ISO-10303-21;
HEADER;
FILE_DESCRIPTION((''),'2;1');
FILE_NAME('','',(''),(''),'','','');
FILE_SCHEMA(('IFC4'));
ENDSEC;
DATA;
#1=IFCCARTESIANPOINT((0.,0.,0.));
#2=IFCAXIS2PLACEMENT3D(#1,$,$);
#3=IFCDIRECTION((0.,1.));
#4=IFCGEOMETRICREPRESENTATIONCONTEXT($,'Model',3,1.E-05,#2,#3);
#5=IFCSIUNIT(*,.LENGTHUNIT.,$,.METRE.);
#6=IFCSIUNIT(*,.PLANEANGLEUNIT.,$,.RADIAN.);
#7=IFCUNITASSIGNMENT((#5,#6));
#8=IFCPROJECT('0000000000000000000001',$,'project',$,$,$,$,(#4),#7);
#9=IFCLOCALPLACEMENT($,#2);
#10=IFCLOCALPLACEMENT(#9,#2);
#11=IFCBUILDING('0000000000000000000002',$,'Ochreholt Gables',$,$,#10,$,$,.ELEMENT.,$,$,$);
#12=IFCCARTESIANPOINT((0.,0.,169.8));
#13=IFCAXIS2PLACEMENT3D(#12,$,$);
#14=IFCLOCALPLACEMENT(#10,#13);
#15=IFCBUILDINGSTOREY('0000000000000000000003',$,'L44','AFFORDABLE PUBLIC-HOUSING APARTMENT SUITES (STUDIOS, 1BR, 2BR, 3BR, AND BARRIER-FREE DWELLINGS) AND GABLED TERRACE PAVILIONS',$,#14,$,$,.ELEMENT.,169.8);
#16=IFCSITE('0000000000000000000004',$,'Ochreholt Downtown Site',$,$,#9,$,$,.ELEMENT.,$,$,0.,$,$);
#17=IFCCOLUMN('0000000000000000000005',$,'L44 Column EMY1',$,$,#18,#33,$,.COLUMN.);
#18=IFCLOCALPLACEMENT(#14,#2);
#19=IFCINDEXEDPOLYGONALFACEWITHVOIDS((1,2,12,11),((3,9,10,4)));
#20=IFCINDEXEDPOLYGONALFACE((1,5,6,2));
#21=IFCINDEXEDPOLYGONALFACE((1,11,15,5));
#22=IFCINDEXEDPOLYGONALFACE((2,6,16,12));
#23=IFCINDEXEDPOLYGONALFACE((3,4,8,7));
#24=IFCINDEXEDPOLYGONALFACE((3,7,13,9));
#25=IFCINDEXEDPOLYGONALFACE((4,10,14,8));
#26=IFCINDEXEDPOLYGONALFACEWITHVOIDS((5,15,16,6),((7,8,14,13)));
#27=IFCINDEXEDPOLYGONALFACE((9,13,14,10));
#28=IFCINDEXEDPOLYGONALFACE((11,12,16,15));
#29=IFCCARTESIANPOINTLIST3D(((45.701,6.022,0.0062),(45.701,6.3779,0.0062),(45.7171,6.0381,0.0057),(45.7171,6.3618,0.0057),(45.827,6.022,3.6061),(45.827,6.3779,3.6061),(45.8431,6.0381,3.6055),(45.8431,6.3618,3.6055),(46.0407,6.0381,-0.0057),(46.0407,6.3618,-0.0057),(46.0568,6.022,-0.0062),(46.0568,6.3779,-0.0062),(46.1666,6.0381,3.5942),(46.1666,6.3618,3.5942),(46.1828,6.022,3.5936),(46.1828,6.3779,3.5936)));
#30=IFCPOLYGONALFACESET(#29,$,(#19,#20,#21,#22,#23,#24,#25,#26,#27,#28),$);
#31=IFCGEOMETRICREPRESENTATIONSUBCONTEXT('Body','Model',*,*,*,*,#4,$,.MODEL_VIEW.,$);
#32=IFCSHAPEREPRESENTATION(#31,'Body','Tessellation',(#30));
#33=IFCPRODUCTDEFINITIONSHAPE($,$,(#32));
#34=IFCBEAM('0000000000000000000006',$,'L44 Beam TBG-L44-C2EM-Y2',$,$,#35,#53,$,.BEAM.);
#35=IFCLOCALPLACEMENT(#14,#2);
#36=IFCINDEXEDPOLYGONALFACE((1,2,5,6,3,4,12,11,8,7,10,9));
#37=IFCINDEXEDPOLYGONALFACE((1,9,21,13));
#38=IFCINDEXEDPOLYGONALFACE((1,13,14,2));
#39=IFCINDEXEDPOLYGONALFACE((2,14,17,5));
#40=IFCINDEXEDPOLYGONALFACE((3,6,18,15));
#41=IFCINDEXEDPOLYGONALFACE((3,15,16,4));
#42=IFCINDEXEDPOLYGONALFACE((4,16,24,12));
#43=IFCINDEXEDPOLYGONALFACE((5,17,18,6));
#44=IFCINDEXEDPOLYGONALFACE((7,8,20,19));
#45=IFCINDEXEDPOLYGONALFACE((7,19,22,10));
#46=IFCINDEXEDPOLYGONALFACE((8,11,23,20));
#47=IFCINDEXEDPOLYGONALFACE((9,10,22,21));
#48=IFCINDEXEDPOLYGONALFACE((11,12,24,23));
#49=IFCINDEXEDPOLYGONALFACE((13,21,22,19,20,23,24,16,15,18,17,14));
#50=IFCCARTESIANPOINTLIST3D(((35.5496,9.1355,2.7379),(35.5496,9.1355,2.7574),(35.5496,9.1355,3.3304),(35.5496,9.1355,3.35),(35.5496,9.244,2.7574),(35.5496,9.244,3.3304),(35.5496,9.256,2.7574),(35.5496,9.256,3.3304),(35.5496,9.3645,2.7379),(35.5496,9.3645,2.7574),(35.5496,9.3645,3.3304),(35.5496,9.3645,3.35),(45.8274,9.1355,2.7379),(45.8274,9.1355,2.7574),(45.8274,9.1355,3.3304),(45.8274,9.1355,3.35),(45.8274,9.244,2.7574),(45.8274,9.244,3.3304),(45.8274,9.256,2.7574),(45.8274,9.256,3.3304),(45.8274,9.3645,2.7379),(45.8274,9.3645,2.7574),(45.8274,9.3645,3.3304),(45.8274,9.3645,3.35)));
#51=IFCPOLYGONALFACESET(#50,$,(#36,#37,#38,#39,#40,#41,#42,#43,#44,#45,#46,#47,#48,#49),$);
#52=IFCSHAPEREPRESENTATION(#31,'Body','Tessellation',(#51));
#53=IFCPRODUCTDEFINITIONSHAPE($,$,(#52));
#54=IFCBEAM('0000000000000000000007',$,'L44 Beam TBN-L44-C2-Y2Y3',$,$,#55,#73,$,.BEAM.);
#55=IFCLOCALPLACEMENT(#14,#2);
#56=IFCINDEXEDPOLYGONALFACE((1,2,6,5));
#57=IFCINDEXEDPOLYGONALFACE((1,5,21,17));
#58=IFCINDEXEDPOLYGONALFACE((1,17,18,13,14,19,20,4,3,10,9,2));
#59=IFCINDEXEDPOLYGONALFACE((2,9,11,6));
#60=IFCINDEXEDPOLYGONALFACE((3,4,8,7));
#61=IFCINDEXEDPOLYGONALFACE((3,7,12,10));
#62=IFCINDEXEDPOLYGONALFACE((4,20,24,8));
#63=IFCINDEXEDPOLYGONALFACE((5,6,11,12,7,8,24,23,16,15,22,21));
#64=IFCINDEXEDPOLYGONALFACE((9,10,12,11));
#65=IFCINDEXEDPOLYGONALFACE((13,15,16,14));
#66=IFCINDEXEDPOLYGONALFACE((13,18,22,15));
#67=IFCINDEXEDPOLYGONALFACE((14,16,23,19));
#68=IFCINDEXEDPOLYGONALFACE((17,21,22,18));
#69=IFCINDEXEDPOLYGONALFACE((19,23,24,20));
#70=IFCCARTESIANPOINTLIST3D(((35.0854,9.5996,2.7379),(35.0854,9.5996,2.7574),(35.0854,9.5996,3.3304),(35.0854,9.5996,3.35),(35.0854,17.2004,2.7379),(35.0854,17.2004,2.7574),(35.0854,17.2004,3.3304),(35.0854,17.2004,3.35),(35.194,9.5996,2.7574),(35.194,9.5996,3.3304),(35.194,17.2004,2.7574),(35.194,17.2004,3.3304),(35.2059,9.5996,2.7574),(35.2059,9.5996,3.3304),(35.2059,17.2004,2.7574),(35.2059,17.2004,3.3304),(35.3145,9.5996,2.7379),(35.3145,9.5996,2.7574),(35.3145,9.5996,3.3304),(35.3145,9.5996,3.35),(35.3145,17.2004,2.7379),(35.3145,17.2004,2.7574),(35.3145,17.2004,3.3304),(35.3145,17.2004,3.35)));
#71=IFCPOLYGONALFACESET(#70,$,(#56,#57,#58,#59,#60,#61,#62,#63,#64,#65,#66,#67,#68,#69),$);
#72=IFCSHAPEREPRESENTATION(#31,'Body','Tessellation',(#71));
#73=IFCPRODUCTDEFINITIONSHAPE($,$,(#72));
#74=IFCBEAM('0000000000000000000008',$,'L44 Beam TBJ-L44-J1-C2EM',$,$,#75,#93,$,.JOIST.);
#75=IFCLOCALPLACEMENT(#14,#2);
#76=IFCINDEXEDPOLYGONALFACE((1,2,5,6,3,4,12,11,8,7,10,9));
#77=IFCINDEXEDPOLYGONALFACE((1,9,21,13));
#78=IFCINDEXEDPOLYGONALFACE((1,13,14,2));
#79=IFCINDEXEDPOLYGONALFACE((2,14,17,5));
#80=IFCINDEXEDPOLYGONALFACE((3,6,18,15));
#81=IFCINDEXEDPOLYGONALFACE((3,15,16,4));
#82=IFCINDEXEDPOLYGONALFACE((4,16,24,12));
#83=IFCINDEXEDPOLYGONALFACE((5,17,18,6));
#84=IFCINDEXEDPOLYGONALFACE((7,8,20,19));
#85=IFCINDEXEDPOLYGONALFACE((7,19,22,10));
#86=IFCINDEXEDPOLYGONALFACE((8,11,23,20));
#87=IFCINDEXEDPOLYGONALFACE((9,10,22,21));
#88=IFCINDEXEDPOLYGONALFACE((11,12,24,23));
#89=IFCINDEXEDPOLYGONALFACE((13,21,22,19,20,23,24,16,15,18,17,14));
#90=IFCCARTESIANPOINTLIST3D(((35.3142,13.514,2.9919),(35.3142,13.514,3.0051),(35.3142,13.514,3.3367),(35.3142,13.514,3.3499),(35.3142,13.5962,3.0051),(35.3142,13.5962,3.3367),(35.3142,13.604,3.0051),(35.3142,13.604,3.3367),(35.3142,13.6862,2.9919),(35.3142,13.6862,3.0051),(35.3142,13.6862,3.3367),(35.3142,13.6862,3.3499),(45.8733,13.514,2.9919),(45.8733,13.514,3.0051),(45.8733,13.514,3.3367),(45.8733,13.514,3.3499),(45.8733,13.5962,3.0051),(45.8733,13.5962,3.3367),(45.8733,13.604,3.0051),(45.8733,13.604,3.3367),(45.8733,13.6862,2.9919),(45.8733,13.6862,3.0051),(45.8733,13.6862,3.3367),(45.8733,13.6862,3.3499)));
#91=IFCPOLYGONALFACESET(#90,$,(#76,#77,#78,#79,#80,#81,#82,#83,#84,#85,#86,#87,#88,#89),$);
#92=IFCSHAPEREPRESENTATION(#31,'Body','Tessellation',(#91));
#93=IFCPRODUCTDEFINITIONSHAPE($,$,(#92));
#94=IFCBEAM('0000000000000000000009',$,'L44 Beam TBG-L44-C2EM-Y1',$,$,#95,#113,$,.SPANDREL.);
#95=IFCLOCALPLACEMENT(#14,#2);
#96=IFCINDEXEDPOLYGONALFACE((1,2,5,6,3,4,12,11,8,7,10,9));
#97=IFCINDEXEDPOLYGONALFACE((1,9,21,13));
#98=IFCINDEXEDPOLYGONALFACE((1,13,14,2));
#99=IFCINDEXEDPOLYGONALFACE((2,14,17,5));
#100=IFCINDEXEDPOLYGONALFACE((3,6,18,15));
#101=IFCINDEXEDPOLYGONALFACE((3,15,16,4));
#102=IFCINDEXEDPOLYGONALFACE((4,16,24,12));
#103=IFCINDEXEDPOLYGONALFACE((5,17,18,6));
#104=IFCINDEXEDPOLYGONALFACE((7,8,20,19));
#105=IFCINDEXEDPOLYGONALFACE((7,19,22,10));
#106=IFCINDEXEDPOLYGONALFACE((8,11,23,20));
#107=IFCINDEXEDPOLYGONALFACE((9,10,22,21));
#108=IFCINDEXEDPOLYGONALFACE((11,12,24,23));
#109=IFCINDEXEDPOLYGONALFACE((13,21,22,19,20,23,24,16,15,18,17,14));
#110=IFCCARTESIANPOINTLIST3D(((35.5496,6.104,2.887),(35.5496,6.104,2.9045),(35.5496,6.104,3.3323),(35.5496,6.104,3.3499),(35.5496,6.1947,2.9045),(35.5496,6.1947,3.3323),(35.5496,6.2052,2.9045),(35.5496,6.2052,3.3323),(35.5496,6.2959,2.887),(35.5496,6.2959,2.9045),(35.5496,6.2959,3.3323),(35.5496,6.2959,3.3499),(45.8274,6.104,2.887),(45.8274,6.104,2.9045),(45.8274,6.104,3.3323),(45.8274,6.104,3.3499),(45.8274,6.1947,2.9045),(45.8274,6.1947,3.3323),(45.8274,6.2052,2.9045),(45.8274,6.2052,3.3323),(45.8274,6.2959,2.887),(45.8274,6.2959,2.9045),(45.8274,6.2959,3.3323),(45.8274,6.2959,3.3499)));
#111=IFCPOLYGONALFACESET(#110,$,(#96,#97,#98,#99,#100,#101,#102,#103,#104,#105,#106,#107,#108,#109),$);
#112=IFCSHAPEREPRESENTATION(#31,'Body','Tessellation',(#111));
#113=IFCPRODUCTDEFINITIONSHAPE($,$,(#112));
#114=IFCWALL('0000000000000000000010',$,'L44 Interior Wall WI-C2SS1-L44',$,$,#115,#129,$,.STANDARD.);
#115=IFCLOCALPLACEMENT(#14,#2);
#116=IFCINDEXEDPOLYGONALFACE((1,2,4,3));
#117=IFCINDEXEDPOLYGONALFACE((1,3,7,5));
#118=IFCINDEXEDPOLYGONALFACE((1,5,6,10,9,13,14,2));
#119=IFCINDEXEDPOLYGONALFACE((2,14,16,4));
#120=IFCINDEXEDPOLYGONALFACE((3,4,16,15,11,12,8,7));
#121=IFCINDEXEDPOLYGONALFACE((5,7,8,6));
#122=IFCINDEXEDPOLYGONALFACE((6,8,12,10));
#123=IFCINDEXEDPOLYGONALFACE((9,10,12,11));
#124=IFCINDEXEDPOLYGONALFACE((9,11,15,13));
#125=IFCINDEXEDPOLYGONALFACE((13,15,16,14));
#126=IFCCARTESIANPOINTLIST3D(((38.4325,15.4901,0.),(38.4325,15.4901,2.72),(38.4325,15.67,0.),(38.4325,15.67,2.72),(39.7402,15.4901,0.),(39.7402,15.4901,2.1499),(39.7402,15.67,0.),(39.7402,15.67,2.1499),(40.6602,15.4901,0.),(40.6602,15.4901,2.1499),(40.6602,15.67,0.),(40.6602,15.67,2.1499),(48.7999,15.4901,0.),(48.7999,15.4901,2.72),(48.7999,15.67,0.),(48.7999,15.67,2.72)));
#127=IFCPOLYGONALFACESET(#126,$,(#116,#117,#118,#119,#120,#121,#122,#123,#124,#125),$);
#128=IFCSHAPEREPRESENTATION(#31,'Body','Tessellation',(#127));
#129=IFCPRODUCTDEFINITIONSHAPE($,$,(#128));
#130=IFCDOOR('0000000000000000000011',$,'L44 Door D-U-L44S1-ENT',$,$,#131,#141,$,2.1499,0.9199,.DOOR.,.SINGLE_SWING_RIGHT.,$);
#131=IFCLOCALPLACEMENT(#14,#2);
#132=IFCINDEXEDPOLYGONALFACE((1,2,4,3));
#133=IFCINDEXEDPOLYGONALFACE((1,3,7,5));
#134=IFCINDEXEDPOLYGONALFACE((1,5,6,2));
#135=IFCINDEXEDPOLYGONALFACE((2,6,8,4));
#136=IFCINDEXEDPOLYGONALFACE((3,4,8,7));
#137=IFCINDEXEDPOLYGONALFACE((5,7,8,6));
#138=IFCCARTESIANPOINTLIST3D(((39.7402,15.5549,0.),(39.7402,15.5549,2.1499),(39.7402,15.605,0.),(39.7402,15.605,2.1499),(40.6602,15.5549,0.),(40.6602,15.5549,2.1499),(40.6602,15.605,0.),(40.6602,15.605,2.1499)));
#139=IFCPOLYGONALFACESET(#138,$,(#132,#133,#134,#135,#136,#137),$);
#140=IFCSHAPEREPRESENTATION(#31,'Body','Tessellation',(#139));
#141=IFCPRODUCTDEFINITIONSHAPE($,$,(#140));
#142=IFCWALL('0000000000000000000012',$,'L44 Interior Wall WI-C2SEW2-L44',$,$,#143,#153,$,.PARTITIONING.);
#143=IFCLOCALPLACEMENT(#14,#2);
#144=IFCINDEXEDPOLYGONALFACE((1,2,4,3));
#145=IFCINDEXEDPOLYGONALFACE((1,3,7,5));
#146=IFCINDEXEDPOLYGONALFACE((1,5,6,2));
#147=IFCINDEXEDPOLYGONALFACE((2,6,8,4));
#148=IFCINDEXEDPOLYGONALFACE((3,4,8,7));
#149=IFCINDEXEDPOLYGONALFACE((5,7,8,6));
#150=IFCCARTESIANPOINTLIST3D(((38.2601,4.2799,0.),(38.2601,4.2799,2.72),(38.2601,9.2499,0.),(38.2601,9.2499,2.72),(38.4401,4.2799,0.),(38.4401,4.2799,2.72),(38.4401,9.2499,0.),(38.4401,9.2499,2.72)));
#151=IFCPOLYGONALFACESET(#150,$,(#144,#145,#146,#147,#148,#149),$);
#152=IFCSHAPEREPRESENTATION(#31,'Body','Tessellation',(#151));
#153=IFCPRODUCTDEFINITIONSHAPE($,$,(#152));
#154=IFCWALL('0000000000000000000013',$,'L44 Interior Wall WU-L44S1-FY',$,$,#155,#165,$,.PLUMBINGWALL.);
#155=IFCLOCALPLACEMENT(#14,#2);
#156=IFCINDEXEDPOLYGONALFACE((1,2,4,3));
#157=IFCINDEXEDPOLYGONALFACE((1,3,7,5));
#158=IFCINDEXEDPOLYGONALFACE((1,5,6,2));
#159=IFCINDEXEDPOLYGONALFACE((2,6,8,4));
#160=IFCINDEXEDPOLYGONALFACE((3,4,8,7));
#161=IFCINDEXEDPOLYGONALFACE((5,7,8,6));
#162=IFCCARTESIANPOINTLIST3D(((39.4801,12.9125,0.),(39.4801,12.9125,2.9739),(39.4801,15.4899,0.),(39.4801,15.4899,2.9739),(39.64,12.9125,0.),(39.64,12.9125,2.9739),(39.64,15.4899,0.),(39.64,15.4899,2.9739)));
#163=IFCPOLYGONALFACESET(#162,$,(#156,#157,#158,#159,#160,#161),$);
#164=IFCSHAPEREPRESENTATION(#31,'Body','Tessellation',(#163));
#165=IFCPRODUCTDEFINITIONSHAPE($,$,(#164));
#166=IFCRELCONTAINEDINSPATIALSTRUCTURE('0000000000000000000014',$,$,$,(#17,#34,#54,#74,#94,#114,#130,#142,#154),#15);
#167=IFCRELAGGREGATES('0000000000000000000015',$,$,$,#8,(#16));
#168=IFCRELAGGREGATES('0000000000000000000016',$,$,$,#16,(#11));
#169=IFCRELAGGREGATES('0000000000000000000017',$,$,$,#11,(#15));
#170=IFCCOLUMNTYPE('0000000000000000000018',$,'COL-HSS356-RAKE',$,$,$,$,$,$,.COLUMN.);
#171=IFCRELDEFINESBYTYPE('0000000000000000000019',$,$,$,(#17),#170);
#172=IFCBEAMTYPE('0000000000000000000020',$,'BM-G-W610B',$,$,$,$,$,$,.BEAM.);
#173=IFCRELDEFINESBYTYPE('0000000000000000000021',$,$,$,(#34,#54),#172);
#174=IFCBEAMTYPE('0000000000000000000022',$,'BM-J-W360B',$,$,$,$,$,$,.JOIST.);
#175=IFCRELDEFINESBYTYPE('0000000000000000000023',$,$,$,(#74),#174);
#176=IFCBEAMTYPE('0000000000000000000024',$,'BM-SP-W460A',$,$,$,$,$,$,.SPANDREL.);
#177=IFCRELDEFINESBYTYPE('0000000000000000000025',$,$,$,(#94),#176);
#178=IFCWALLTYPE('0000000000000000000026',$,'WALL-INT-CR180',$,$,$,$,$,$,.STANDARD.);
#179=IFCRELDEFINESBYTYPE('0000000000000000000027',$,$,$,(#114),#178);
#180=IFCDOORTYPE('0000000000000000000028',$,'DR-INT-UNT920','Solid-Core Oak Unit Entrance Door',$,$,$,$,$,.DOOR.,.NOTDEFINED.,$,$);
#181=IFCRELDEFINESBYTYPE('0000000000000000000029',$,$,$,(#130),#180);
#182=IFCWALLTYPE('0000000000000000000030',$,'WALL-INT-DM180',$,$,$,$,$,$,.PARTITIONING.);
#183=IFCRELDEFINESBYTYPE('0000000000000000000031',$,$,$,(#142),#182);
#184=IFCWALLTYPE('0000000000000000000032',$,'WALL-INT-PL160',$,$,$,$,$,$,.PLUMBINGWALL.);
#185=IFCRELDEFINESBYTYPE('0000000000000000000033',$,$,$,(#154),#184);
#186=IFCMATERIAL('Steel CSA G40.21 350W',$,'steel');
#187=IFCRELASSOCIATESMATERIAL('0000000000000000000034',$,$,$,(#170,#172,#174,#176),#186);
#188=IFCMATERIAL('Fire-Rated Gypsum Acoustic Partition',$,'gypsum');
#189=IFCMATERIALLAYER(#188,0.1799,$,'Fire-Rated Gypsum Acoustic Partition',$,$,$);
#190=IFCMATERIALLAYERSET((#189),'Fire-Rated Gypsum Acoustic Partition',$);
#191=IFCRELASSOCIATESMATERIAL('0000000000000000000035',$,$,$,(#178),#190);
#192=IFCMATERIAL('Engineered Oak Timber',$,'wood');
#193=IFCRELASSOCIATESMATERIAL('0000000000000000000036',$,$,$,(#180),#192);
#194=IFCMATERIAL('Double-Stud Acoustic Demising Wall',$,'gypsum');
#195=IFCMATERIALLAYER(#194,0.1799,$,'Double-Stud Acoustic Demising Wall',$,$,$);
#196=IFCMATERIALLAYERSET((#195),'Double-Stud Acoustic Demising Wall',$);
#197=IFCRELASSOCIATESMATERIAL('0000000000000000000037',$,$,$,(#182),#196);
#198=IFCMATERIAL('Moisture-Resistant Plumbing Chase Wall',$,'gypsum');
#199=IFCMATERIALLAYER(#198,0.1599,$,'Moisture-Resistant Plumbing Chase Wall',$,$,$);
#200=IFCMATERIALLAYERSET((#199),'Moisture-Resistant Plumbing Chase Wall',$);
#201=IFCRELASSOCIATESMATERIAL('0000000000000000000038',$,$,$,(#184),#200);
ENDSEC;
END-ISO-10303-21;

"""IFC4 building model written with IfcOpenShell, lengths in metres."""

from ifc_helpers import new_model, si_unit, direction, frame, frame_2d, origin, origin_2d, place, context, subcontext, project, spatial, rectangle, hollow_rectangle, i_section, extrude, material, layer, layer_set, material_profile, profile_set, type_object, element, fill, save


model = new_model("IFC4")

# Units and contexts
model_context = context("Model", 3, precision=1e-05, world=origin(), true_north=direction((0.0, 1.0)))
body_context = subcontext(model_context, "Body", "Model", "MODEL_VIEW")
ifc_project = project(units=[si_unit("LENGTHUNIT", "METRE"), si_unit("PLANEANGLEUNIT", "RADIAN")], contexts=[model_context])

# Site, building, storey
site_placement = place(None, origin())
site = spatial("IfcSite", under=ifc_project, at=site_placement, Name="Ochreholt Downtown Site", CompositionType="ELEMENT", RefElevation=0.0)
building_placement = place(site_placement, origin())
building = spatial("IfcBuilding", under=site, at=building_placement, Name="Ochreholt Gables", CompositionType="ELEMENT")
storey_placement = place(building_placement, frame((0.0, 0.0, 169.8)))
storey = spatial("IfcBuildingStorey", under=building, at=storey_placement, Name="L44", Description="AFFORDABLE PUBLIC-HOUSING APARTMENT SUITES (STUDIOS, 1BR, 2BR, 3BR, AND BARRIER-FREE DWELLINGS) AND GABLED TERRACE PAVILIONS", CompositionType="ELEMENT", Elevation=169.8)

# Column
ifc_material_1 = material(Name="Steel CSA G40.21 350W", Category="steel")
ifc_material_profile_1 = material_profile(ifc_material_1, hollow_rectangle(XDim=0.356, YDim=0.356, WallThickness=0.0161, at=origin_2d()), Name="HSS356X356X16")
ifc_profile_set_1 = profile_set([ifc_material_profile_1], Name="Steel CSA G40.21 350W")
column_type = type_object("IfcColumnType", Name="COL-HSS356-RAKE", PredefinedType="COLUMN", material=ifc_profile_set_1)
column_placement = place(storey_placement, frame((45.8789, 6.2, 0.0), z_axis=(0.034974, 0.0, 0.999388), x_axis=(0.0, 1.0, 0.0)))
element("IfcColumn", 1, at=column_placement, inside=storey, type_object=column_type, Name="L44 Column EMY1", PredefinedType="COLUMN", context=body_context, shape_type="SweptSolid", body=[
    extrude(hollow_rectangle(XDim=0.356, YDim=0.356, WallThickness=0.0161, at=origin_2d()), origin(), (0.0, 0.0, 1.0), 3.6021),
])

# Beams
ifc_material_profile_2 = material_profile(ifc_material_1, i_section(OverallWidth=0.229, OverallDepth=0.6121, WebThickness=0.012, FlangeThickness=0.0195, at=origin_2d()), Name="W610X125")
ifc_profile_set_2 = profile_set([ifc_material_profile_2], Name="Steel CSA G40.21 350W")
beam_type_1 = type_object("IfcBeamType", Name="BM-G-W610B", PredefinedType="BEAM", material=ifc_profile_set_2)
beam_1_placement = place(storey_placement, frame((35.5496, 9.25, 3.0439), z_axis=(1.0, 0.0, 0.0), x_axis=(0.0, 1.0, 0.0)))
element("IfcBeam", 2, at=beam_1_placement, inside=storey, type_object=beam_type_1, Name="L44 Beam TBG-L44-C2EM-Y2", PredefinedType="BEAM", context=body_context, shape_type="SweptSolid", body=[
    extrude(i_section(OverallWidth=0.229, OverallDepth=0.6121, WebThickness=0.012, FlangeThickness=0.0195, at=origin_2d()), origin(), (0.0, 0.0, 1.0), 10.2778),
])
beam_2_placement = place(storey_placement, frame((35.2, 9.5996, 3.0439), z_axis=(0.0, 1.0, 0.0), x_axis=(-1.0, 0.0, 0.0)))
element("IfcBeam", 3, at=beam_2_placement, inside=storey, type_object=beam_type_1, Name="L44 Beam TBN-L44-C2-Y2Y3", PredefinedType="BEAM", context=body_context, shape_type="SweptSolid", body=[
    extrude(i_section(OverallWidth=0.229, OverallDepth=0.6121, WebThickness=0.012, FlangeThickness=0.0195, at=origin_2d()), origin(), (0.0, 0.0, 1.0), 7.6008),
])
ifc_material_profile_3 = material_profile(ifc_material_1, i_section(OverallWidth=0.1721, OverallDepth=0.3579, WebThickness=0.0078, FlangeThickness=0.0132, at=origin_2d()), Name="W360X57")
ifc_profile_set_3 = profile_set([ifc_material_profile_3], Name="Steel CSA G40.21 350W")
beam_type_2 = type_object("IfcBeamType", Name="BM-J-W360B", PredefinedType="JOIST", material=ifc_profile_set_3)
beam_3_placement = place(storey_placement, frame((35.3142, 13.6001, 3.1709), z_axis=(1.0, 0.0, 0.0), x_axis=(0.0, 1.0, 0.0)))
element("IfcBeam", 4, at=beam_3_placement, inside=storey, type_object=beam_type_2, Name="L44 Beam TBJ-L44-J1-C2EM", PredefinedType="JOIST", context=body_context, shape_type="SweptSolid", body=[
    extrude(i_section(OverallWidth=0.1721, OverallDepth=0.3579, WebThickness=0.0078, FlangeThickness=0.0132, at=origin_2d()), origin(), (0.0, 0.0, 1.0), 10.5591),
])
ifc_material_profile_4 = material_profile(ifc_material_1, i_section(OverallWidth=0.1919, OverallDepth=0.4629, WebThickness=0.0105, FlangeThickness=0.0176, at=origin_2d()), Name="W460X89")
ifc_profile_set_4 = profile_set([ifc_material_profile_4], Name="Steel CSA G40.21 350W")
beam_type_3 = type_object("IfcBeamType", Name="BM-SP-W460A", PredefinedType="SPANDREL", material=ifc_profile_set_4)
beam_4_placement = place(storey_placement, frame((35.5496, 6.2, 3.1184), z_axis=(1.0, 0.0, 0.0), x_axis=(0.0, 1.0, 0.0)))
element("IfcBeam", 5, at=beam_4_placement, inside=storey, type_object=beam_type_3, Name="L44 Beam TBG-L44-C2EM-Y1", PredefinedType="SPANDREL", context=body_context, shape_type="SweptSolid", body=[
    extrude(i_section(OverallWidth=0.1919, OverallDepth=0.4629, WebThickness=0.0105, FlangeThickness=0.0176, at=origin_2d()), origin(), (0.0, 0.0, 1.0), 10.2778),
])

# Wall, opening, door
ifc_material_2 = material(Name="Fire-Rated Gypsum Acoustic Partition", Category="gypsum")
ifc_layer_1 = layer(ifc_material_2, 0.1799, Name="Fire-Rated Gypsum Acoustic Partition")
ifc_layer_set_1 = layer_set([ifc_layer_1], Name="Fire-Rated Gypsum Acoustic Partition")
wall_type_1 = type_object("IfcWallType", Name="WALL-INT-CR180", PredefinedType="STANDARD", material=ifc_layer_set_1)
wall_1_placement = place(storey_placement, frame((38.4326, 15.5801, 0.0), z_axis=(0.0, 0.0, 1.0), x_axis=(1.0, 0.0, 0.0)))
wall_1 = element("IfcWall", 6, at=wall_1_placement, inside=storey, type_object=wall_type_1, Name="L44 Interior Wall WI-C2SS1-L44", PredefinedType="STANDARD", context=body_context, shape_type="SweptSolid", body=[
    extrude(rectangle(XDim=10.3674, YDim=0.1799, at=frame_2d((5.1836, 0.0))), origin(), (0.0, 0.0, 1.0), 2.72),
])
opening_1_placement = place(wall_1_placement, frame((1.3076, 0.0, 0.0)))
opening_1 = element("IfcOpeningElement", 7, at=opening_1_placement, cuts=wall_1, PredefinedType="OPENING", context=body_context, shape_type="SweptSolid", body=[
    extrude(rectangle(XDim=0.9199, YDim=2.1499, at=frame_2d((0.46, 1.075))), frame((0.0, 0.0999, 0.0), z_axis=(0.0, -1.0, 0.0), x_axis=(1.0, 0.0, 0.0)), (0.0, 0.0, 1.0), 0.2),
])
ifc_material_3 = material(Name="Engineered Oak Timber", Category="wood")
door_type_1 = type_object("IfcDoorType", Name="DR-INT-UNT920", Description="Solid-Core Oak Unit Entrance Door", OperationType="NOTDEFINED", PredefinedType="DOOR", material=ifc_material_3)
door_1_placement = place(opening_1_placement, origin())
door_1 = element("IfcDoor", 8, at=door_1_placement, inside=storey, type_object=door_type_1, Name="L44 Door D-U-L44S1-ENT", OperationType="SINGLE_SWING_RIGHT", OverallHeight=2.1499, OverallWidth=0.9199, PredefinedType="DOOR", context=body_context, shape_type="SweptSolid", body=[
    extrude(rectangle(XDim=0.9199, YDim=2.1499, at=frame_2d((0.46, 1.075))), frame((0.0, 0.0249, 0.0), z_axis=(0.0, -1.0, 0.0), x_axis=(1.0, 0.0, 0.0)), (0.0, 0.0, 1.0), 0.05),
])
fill(opening_1, door_1)
ifc_material_4 = material(Name="Double-Stud Acoustic Demising Wall", Category="gypsum")
ifc_layer_2 = layer(ifc_material_4, 0.1799, Name="Double-Stud Acoustic Demising Wall")
ifc_layer_set_2 = layer_set([ifc_layer_2], Name="Double-Stud Acoustic Demising Wall")
wall_type_2 = type_object("IfcWallType", Name="WALL-INT-DM180", PredefinedType="PARTITIONING", material=ifc_layer_set_2)

# Wall
wall_2_placement = place(storey_placement, frame((38.3501, 4.28, 0.0), z_axis=(0.0, 0.0, 1.0), x_axis=(0.0, 1.0, 0.0)))
element("IfcWall", 9, at=wall_2_placement, inside=storey, type_object=wall_type_2, Name="L44 Interior Wall WI-C2SEW2-L44", PredefinedType="PARTITIONING", context=body_context, shape_type="SweptSolid", body=[
    extrude(rectangle(XDim=4.97, YDim=0.1799, at=frame_2d((2.4849, 0.0))), origin(), (0.0, 0.0, 1.0), 2.72),
])

# Shared definitions
ifc_material_5 = material(Name="Moisture-Resistant Plumbing Chase Wall", Category="gypsum")
ifc_layer_3 = layer(ifc_material_5, 0.1599, Name="Moisture-Resistant Plumbing Chase Wall")
ifc_layer_set_3 = layer_set([ifc_layer_3], Name="Moisture-Resistant Plumbing Chase Wall")
wall_type_3 = type_object("IfcWallType", Name="WALL-INT-PL160", PredefinedType="PLUMBINGWALL", material=ifc_layer_set_3)

# Wall
wall_3_placement = place(storey_placement, frame((39.5601, 12.9126, 0.0), z_axis=(0.0, 0.0, 1.0), x_axis=(0.0, 1.0, 0.0)))
element("IfcWall", 10, at=wall_3_placement, inside=storey, type_object=wall_type_3, Name="L44 Interior Wall WU-L44S1-FY", PredefinedType="PLUMBINGWALL", context=body_context, shape_type="SweptSolid", body=[
    extrude(rectangle(XDim=2.5774, YDim=0.1599, at=frame_2d((1.2886, 0.0))), origin(), (0.0, 0.0, 1.0), 2.9739),
])

save(model, "model.ifc")
